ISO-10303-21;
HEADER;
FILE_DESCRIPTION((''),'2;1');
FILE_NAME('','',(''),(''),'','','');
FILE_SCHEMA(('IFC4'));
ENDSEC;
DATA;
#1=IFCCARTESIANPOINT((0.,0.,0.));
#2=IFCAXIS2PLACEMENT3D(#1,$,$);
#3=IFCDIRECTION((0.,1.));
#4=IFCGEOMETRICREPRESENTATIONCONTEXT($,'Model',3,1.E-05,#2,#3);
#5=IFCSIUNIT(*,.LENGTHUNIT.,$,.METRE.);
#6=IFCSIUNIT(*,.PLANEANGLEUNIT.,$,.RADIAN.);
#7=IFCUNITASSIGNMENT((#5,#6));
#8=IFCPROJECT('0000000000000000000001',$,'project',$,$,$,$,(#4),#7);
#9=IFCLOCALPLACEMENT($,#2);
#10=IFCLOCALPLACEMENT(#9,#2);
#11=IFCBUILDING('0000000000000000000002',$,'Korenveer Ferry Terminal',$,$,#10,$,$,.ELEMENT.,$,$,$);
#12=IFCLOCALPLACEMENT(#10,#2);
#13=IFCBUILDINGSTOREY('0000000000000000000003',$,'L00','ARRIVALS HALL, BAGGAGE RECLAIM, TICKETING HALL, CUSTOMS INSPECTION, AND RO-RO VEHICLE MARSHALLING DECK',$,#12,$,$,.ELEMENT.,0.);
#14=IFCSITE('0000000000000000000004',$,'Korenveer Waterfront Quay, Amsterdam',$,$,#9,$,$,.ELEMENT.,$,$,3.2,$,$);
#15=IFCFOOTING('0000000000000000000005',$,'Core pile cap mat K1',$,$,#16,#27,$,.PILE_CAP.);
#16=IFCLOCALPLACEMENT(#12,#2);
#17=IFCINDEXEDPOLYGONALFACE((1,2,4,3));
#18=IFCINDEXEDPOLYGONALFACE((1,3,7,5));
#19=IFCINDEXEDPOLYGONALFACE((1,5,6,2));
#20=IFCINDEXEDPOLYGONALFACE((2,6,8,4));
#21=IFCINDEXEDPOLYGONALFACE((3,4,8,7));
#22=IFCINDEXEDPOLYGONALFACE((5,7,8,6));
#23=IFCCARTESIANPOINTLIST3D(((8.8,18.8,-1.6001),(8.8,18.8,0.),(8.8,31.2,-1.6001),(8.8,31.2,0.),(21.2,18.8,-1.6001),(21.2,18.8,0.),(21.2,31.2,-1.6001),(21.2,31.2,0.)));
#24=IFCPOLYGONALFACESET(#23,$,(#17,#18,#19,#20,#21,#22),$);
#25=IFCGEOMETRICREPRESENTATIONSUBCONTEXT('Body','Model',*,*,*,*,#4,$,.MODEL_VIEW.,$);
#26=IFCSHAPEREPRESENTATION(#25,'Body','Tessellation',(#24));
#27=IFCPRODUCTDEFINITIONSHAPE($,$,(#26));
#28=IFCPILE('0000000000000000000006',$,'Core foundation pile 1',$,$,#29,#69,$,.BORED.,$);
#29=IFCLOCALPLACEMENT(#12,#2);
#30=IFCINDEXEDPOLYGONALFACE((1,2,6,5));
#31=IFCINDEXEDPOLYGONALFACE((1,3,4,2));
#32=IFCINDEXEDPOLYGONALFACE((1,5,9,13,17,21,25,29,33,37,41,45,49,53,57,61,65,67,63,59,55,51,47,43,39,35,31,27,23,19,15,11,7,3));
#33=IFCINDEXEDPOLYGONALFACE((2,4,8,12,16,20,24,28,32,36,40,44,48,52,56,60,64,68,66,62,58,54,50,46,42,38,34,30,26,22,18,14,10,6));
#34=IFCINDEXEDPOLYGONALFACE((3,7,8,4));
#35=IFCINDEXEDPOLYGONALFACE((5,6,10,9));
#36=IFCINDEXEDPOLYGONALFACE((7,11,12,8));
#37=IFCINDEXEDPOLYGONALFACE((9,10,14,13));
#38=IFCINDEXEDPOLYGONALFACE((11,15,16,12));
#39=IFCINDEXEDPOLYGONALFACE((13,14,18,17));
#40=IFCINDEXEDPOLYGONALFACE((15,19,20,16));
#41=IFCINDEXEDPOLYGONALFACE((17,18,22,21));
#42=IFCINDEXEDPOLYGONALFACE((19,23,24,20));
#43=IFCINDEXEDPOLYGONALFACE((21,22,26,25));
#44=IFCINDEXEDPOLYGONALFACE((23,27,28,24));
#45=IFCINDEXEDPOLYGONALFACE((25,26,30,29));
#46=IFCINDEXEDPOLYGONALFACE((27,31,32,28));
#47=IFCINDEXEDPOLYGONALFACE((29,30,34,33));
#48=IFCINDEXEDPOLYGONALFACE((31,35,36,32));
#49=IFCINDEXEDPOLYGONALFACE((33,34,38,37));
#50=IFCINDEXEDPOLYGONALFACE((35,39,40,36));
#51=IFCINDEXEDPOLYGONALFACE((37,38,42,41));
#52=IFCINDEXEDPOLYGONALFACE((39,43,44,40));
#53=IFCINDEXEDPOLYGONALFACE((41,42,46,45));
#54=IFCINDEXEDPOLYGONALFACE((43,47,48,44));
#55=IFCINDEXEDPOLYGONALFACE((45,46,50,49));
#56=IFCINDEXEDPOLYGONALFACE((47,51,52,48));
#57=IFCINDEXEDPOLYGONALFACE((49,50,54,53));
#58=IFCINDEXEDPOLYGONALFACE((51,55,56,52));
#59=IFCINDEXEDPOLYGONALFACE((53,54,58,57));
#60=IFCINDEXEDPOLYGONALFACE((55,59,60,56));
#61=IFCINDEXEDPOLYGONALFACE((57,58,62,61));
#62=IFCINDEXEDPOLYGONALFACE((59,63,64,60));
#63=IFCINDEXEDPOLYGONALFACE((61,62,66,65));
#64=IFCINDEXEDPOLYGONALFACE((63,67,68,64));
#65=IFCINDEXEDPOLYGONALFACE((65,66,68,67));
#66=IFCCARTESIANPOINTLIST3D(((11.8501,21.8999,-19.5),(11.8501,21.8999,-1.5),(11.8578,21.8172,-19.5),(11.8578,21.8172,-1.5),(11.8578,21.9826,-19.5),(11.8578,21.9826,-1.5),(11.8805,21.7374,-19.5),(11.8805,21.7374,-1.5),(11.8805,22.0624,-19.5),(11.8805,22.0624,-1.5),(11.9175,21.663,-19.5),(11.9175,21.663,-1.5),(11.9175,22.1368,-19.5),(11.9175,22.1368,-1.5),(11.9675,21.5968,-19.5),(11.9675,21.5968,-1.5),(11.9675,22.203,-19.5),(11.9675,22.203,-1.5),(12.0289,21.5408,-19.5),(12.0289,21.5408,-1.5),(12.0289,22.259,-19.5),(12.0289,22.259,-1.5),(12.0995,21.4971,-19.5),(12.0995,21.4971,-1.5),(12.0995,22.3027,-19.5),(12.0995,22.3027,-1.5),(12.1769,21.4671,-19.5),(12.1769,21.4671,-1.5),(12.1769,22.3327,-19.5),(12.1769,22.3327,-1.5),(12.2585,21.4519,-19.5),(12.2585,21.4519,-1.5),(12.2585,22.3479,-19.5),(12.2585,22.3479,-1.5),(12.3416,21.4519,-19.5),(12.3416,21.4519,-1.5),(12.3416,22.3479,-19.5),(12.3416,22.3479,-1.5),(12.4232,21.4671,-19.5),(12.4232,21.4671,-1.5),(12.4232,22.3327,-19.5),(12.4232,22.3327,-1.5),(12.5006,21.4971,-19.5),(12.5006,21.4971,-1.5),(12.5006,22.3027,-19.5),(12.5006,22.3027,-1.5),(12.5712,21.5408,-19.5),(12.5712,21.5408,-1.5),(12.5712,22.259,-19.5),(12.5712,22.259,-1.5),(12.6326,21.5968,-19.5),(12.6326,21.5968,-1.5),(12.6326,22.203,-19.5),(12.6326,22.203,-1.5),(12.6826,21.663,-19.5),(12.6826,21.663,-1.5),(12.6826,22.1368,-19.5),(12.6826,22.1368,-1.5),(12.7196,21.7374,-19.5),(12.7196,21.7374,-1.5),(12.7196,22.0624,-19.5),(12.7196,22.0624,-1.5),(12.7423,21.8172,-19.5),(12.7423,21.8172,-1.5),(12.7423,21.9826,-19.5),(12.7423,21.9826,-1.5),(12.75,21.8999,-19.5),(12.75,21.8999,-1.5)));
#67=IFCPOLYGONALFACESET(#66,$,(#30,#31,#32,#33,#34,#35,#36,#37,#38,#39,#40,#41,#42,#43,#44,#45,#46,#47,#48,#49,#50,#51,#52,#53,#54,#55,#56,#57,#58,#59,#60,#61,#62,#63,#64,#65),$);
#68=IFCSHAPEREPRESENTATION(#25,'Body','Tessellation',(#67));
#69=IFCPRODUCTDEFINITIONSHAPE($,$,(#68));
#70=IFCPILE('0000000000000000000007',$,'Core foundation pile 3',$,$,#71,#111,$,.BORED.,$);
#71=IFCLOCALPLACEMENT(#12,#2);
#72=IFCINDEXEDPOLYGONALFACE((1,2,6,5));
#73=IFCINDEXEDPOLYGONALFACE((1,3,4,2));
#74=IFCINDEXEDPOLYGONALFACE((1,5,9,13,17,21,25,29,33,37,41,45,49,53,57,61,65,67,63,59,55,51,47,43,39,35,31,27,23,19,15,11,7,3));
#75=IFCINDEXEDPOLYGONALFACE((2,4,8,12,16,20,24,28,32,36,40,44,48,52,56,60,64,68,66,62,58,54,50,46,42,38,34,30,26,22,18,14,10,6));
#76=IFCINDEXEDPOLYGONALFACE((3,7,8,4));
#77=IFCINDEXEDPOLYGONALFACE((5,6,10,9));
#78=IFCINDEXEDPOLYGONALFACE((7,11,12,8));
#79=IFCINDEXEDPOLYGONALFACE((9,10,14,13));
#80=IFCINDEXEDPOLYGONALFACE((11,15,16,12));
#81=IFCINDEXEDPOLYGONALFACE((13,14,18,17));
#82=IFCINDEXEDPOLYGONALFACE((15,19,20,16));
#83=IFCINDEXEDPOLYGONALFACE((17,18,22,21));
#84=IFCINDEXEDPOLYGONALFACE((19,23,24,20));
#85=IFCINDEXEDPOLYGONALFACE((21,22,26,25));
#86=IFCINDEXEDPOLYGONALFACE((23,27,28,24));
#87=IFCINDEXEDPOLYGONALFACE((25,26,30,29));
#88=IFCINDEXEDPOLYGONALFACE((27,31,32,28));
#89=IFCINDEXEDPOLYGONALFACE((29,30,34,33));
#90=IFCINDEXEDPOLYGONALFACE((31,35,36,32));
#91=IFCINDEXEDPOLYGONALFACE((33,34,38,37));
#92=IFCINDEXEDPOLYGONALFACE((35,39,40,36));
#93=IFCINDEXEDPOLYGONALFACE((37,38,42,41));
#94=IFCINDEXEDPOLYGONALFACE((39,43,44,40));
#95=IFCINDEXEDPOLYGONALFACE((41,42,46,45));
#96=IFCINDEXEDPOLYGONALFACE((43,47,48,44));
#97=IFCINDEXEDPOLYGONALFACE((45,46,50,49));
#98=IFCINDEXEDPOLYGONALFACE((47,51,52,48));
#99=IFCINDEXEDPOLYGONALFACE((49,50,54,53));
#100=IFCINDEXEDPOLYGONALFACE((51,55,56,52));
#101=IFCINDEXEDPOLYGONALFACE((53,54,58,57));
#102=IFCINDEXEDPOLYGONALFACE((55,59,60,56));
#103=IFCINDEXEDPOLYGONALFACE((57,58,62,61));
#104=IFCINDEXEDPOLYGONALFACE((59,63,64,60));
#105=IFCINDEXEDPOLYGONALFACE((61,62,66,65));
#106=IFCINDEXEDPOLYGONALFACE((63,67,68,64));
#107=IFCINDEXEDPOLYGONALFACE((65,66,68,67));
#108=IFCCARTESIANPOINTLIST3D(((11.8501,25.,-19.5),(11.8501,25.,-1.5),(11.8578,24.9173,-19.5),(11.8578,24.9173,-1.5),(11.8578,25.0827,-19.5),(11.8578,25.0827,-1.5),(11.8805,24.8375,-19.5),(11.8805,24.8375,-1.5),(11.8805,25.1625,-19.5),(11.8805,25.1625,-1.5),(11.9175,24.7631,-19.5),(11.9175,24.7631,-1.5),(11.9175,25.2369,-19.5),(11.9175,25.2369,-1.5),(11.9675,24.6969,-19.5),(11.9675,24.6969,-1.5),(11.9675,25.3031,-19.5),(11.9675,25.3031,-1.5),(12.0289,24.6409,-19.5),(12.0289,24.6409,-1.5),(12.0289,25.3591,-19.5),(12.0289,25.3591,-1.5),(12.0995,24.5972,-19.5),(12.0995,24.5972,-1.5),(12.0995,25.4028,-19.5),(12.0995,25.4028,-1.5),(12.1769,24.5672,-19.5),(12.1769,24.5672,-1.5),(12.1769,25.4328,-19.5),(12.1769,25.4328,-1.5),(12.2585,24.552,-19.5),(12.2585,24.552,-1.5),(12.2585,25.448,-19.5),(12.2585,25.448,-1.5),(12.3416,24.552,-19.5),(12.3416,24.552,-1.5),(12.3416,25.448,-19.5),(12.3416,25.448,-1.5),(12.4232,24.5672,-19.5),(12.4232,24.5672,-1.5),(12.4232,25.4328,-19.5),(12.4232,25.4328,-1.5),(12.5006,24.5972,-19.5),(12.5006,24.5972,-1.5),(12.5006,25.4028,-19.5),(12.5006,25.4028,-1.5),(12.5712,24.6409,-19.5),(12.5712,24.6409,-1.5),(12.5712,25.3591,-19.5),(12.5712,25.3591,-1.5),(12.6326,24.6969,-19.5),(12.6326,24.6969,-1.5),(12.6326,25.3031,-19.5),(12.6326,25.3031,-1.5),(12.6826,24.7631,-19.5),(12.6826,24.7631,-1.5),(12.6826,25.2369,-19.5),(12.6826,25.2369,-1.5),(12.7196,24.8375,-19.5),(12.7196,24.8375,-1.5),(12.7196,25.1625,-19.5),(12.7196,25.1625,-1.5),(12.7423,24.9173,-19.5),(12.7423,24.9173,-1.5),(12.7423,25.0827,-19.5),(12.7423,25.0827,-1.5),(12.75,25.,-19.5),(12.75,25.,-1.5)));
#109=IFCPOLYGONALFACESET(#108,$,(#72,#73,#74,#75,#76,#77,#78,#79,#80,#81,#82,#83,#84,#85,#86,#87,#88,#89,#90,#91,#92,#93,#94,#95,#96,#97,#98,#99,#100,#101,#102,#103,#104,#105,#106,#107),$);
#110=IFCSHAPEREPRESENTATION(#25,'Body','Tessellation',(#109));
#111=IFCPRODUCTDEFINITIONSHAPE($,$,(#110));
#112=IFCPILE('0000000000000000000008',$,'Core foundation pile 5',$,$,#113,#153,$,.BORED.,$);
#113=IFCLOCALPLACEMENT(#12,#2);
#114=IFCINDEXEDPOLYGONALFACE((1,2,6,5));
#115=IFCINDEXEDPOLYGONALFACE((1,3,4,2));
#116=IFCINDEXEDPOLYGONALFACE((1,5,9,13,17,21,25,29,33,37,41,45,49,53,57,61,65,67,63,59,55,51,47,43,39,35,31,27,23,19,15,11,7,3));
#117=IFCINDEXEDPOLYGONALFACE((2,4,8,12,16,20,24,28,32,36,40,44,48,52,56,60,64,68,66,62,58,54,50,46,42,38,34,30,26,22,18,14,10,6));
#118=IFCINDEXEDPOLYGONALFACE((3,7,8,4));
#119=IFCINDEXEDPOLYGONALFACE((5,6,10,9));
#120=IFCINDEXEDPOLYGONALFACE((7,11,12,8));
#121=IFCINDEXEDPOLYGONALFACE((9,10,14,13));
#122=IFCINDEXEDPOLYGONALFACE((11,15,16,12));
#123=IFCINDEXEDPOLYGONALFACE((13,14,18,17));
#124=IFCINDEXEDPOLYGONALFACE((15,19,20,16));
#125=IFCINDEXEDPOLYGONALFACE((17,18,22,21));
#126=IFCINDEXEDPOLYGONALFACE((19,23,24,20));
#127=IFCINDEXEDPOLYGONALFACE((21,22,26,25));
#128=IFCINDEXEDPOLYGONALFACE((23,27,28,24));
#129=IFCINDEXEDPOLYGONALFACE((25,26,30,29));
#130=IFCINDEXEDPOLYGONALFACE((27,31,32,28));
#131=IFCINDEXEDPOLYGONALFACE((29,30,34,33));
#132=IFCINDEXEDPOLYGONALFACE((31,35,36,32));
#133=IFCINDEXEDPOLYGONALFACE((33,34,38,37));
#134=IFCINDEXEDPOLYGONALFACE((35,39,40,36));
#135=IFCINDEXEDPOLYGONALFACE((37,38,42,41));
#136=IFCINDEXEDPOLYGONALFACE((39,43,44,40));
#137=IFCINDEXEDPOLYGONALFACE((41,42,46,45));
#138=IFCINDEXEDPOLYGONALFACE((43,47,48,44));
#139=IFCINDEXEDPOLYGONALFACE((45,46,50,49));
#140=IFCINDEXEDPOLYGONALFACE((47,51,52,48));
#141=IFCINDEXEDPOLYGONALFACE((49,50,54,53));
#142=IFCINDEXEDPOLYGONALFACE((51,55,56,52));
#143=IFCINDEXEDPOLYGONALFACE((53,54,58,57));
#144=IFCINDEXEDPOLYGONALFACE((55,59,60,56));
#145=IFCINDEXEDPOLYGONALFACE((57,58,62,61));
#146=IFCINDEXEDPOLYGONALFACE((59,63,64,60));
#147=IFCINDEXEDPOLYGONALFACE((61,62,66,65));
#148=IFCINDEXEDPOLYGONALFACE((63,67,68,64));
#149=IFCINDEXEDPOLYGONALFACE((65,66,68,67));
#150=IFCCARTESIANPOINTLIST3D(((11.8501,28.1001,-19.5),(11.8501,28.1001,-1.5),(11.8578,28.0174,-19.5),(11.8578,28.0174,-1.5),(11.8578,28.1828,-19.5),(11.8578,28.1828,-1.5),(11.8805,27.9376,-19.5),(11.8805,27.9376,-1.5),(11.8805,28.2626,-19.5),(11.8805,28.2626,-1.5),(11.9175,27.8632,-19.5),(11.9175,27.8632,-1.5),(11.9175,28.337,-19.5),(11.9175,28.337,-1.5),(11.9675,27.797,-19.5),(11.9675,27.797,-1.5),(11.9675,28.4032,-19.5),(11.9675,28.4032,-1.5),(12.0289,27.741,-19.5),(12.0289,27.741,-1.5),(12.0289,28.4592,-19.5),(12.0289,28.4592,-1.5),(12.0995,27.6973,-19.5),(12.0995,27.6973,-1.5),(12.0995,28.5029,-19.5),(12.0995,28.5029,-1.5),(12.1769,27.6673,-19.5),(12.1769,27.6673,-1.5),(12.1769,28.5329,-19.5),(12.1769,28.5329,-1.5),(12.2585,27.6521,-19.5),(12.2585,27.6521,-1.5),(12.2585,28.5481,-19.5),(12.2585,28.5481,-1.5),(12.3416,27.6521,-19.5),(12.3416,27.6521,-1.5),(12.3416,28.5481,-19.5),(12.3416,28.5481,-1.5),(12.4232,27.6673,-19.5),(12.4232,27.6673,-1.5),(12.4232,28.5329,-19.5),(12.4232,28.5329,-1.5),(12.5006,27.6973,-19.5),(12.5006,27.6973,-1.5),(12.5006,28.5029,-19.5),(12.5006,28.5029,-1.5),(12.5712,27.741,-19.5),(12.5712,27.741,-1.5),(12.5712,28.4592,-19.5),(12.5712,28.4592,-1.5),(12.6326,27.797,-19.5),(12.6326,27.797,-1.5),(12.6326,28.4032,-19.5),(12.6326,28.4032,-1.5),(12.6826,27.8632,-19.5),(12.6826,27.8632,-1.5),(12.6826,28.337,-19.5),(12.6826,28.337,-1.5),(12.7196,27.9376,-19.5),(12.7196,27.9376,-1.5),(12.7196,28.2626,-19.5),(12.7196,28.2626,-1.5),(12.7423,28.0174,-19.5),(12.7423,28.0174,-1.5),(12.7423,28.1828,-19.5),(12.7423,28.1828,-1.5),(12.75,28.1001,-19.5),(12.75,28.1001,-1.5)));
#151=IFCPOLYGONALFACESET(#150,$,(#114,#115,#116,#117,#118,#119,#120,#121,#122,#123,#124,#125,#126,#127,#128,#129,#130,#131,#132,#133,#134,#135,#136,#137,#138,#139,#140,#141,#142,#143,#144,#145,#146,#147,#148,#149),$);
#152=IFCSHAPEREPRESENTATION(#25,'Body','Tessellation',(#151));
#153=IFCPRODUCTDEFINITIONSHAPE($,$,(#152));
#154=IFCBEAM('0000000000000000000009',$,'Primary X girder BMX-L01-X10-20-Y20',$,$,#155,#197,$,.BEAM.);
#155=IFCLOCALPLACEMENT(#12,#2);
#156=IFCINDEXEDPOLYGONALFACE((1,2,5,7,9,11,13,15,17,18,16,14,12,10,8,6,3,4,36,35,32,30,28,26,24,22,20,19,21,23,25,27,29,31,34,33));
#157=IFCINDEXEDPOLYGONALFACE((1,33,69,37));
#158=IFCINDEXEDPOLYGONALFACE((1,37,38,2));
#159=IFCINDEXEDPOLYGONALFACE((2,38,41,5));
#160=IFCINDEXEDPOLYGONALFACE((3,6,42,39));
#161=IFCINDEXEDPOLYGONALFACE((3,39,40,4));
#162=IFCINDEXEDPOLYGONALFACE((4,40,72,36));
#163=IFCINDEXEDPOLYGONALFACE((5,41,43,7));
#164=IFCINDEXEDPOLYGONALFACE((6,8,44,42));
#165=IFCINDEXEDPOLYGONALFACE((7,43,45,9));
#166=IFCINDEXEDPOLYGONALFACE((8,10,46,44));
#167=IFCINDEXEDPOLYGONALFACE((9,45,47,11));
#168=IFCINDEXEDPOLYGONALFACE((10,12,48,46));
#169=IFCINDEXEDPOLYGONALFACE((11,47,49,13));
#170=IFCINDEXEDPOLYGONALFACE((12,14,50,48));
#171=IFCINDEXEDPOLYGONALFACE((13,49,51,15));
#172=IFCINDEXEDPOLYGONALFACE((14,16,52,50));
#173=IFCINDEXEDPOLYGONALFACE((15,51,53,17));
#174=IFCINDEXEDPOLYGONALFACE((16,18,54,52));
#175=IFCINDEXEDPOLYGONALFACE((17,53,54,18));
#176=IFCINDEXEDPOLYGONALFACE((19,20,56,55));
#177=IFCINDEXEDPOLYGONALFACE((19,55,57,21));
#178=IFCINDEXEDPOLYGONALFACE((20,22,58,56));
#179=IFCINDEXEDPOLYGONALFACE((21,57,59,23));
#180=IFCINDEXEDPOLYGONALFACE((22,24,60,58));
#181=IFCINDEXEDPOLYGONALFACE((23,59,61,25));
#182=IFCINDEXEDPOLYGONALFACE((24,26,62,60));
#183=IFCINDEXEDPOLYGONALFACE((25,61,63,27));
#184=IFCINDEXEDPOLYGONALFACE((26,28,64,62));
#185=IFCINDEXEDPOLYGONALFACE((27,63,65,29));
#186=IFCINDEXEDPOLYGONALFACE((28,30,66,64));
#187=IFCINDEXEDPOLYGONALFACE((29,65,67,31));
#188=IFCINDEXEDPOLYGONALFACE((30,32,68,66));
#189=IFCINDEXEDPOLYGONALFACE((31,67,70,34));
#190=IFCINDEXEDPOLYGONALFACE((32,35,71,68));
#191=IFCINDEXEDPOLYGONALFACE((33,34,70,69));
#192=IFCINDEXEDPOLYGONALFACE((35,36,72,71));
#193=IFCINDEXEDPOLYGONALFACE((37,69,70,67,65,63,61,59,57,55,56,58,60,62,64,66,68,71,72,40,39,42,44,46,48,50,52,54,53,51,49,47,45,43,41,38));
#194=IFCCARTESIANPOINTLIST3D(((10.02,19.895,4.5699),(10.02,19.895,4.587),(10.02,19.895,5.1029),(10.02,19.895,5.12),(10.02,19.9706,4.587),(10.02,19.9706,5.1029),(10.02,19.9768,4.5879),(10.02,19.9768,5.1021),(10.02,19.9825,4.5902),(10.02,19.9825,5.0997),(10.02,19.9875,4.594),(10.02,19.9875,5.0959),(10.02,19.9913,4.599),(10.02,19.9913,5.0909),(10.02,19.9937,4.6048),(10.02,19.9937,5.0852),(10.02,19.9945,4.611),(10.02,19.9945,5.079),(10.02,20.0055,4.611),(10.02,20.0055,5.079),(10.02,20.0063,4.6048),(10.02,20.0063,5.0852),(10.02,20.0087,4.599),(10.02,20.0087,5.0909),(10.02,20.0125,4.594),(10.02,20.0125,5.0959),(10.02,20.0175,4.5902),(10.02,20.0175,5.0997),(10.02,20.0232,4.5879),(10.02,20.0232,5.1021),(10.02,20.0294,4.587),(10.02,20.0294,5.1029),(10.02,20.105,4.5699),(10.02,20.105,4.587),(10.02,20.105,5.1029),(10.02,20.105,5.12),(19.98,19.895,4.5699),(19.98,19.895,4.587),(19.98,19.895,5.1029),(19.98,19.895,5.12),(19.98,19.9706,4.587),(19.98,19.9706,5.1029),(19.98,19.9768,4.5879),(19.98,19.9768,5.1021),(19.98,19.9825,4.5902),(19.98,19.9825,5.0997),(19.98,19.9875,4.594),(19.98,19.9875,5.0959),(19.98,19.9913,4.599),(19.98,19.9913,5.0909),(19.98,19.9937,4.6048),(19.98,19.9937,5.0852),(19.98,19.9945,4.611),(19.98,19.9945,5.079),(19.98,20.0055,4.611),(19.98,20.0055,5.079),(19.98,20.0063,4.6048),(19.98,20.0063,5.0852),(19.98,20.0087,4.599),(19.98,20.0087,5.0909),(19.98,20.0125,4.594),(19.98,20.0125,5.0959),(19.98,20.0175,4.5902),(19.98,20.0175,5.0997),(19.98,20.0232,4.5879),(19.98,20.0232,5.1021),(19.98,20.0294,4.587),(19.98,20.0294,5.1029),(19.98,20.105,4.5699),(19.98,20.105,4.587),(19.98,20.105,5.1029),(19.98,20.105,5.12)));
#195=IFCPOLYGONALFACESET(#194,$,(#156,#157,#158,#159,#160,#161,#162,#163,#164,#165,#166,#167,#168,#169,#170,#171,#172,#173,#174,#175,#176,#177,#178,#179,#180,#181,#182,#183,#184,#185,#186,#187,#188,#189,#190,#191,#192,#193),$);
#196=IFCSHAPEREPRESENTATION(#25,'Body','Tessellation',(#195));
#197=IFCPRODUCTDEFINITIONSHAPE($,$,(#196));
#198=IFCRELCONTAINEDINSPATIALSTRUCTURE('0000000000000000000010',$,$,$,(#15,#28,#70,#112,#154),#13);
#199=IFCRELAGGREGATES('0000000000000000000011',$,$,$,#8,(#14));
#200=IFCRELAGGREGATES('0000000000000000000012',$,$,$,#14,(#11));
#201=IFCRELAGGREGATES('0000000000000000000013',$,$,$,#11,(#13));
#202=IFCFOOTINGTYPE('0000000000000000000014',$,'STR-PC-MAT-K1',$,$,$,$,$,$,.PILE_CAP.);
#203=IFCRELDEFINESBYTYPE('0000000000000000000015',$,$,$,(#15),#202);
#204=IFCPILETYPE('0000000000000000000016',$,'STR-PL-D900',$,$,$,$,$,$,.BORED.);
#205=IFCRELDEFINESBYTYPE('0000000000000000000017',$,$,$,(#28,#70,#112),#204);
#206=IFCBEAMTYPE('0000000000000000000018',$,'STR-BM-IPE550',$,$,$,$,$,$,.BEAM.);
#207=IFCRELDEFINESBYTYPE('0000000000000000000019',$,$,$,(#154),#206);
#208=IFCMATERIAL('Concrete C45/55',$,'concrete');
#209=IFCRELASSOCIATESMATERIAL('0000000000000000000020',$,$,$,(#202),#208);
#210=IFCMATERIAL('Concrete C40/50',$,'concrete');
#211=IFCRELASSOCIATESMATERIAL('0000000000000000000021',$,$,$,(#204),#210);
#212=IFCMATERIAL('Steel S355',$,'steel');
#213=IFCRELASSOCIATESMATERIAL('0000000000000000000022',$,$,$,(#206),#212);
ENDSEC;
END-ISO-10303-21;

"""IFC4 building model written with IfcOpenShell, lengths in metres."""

from ifc_helpers import new_model, si_unit, direction, frame, origin, origin_2d, place, context, subcontext, project, spatial, rectangle, circle, i_section, extrude, material, material_profile, profile_set, type_object, element, save


model = new_model("IFC4")

# Units and contexts
model_context = context("Model", 3, precision=1e-05, world=origin(), true_north=direction((0.0, 1.0)))
body_context = subcontext(model_context, "Body", "Model", "MODEL_VIEW")
ifc_project = project(units=[si_unit("LENGTHUNIT", "METRE"), si_unit("PLANEANGLEUNIT", "RADIAN")], contexts=[model_context])

# Site, building, storey
site_placement = place(None, origin())
site = spatial("IfcSite", under=ifc_project, at=site_placement, Name="Korenveer Waterfront Quay, Amsterdam", CompositionType="ELEMENT", RefElevation=3.2)
building_placement = place(site_placement, origin())
building = spatial("IfcBuilding", under=site, at=building_placement, Name="Korenveer Ferry Terminal", CompositionType="ELEMENT")
storey_placement = place(building_placement, origin())
storey = spatial("IfcBuildingStorey", under=building, at=storey_placement, Name="L00", Description="ARRIVALS HALL, BAGGAGE RECLAIM, TICKETING HALL, CUSTOMS INSPECTION, AND RO-RO VEHICLE MARSHALLING DECK", CompositionType="ELEMENT", Elevation=0.0)

# Footing
ifc_material_1 = material(Name="Concrete C45/55", Category="concrete")
footing_type = type_object("IfcFootingType", Name="STR-PC-MAT-K1", PredefinedType="PILE_CAP", material=ifc_material_1)
footing_placement = place(storey_placement, frame((15.0, 25.0, -1.6001), z_axis=(0.0, 0.0, 1.0), x_axis=(1.0, 0.0, 0.0)))
element("IfcFooting", 1, at=footing_placement, inside=storey, type_object=footing_type, Name="Core pile cap mat K1", PredefinedType="PILE_CAP", context=body_context, shape_type="SweptSolid", body=[
    extrude(rectangle(XDim=12.3999, YDim=12.3999, at=origin_2d()), origin(), (0.0, 0.0, 1.0), 1.6001),
])

# Piles
ifc_material_2 = material(Name="Concrete C40/50", Category="concrete")
ifc_material_profile_1 = material_profile(ifc_material_2, circle(Radius=0.45, at=origin_2d()), Name="PILE D900")
ifc_profile_set_1 = profile_set([ifc_material_profile_1], Name="Concrete C40/50")
pile_type = type_object("IfcPileType", Name="STR-PL-D900", PredefinedType="BORED", material=ifc_profile_set_1)
for number, where, z_axis, x_axis, name in (
    (2, (12.3, 21.8999, -1.5), (0.0, 0.0, -1.0), (1.0, 0.0, 0.0), "Core foundation pile 1"),
    (3, (12.3, 25.0, -1.5), (0.0, 0.0, -1.0), (1.0, 0.0, 0.0), "Core foundation pile 3"),
    (4, (12.3, 28.1001, -1.5), (0.0, 0.0, -1.0), (1.0, 0.0, 0.0), "Core foundation pile 5"),
):
    element("IfcPile", number, at=place(storey_placement, frame(where, z_axis=z_axis, x_axis=x_axis)), inside=storey, type_object=pile_type, Name=name, PredefinedType="BORED", context=body_context, shape_type="SweptSolid", body=[
        extrude(circle(Radius=0.45, at=origin_2d()), origin(), (0.0, 0.0, 1.0), 18.0),
    ])

# Beam
ifc_material_3 = material(Name="Steel S355", Category="steel")
ifc_material_profile_2 = material_profile(ifc_material_3, i_section(OverallWidth=0.21, OverallDepth=0.55, WebThickness=0.011, FlangeThickness=0.0171, FilletRadius=0.0239, at=origin_2d()), Name="IPE 550")
ifc_profile_set_2 = profile_set([ifc_material_profile_2], Name="Steel S355")
beam_type_1 = type_object("IfcBeamType", Name="STR-BM-IPE550", PredefinedType="BEAM", material=ifc_profile_set_2)
beam_1_placement = place(storey_placement, frame((10.02, 20.0, 4.845), z_axis=(1.0, 0.0, 0.0), x_axis=(0.0, 1.0, 0.0)))
element("IfcBeam", 5, at=beam_1_placement, inside=storey, type_object=beam_type_1, Name="Primary X girder BMX-L01-X10-20-Y20", PredefinedType="BEAM", context=body_context, shape_type="SweptSolid", body=[
    extrude(i_section(OverallWidth=0.21, OverallDepth=0.55, WebThickness=0.011, FlangeThickness=0.0171, FilletRadius=0.0239, at=origin_2d()), origin(), (0.0, 0.0, 1.0), 9.96),
])

save(model, "model.ifc")
